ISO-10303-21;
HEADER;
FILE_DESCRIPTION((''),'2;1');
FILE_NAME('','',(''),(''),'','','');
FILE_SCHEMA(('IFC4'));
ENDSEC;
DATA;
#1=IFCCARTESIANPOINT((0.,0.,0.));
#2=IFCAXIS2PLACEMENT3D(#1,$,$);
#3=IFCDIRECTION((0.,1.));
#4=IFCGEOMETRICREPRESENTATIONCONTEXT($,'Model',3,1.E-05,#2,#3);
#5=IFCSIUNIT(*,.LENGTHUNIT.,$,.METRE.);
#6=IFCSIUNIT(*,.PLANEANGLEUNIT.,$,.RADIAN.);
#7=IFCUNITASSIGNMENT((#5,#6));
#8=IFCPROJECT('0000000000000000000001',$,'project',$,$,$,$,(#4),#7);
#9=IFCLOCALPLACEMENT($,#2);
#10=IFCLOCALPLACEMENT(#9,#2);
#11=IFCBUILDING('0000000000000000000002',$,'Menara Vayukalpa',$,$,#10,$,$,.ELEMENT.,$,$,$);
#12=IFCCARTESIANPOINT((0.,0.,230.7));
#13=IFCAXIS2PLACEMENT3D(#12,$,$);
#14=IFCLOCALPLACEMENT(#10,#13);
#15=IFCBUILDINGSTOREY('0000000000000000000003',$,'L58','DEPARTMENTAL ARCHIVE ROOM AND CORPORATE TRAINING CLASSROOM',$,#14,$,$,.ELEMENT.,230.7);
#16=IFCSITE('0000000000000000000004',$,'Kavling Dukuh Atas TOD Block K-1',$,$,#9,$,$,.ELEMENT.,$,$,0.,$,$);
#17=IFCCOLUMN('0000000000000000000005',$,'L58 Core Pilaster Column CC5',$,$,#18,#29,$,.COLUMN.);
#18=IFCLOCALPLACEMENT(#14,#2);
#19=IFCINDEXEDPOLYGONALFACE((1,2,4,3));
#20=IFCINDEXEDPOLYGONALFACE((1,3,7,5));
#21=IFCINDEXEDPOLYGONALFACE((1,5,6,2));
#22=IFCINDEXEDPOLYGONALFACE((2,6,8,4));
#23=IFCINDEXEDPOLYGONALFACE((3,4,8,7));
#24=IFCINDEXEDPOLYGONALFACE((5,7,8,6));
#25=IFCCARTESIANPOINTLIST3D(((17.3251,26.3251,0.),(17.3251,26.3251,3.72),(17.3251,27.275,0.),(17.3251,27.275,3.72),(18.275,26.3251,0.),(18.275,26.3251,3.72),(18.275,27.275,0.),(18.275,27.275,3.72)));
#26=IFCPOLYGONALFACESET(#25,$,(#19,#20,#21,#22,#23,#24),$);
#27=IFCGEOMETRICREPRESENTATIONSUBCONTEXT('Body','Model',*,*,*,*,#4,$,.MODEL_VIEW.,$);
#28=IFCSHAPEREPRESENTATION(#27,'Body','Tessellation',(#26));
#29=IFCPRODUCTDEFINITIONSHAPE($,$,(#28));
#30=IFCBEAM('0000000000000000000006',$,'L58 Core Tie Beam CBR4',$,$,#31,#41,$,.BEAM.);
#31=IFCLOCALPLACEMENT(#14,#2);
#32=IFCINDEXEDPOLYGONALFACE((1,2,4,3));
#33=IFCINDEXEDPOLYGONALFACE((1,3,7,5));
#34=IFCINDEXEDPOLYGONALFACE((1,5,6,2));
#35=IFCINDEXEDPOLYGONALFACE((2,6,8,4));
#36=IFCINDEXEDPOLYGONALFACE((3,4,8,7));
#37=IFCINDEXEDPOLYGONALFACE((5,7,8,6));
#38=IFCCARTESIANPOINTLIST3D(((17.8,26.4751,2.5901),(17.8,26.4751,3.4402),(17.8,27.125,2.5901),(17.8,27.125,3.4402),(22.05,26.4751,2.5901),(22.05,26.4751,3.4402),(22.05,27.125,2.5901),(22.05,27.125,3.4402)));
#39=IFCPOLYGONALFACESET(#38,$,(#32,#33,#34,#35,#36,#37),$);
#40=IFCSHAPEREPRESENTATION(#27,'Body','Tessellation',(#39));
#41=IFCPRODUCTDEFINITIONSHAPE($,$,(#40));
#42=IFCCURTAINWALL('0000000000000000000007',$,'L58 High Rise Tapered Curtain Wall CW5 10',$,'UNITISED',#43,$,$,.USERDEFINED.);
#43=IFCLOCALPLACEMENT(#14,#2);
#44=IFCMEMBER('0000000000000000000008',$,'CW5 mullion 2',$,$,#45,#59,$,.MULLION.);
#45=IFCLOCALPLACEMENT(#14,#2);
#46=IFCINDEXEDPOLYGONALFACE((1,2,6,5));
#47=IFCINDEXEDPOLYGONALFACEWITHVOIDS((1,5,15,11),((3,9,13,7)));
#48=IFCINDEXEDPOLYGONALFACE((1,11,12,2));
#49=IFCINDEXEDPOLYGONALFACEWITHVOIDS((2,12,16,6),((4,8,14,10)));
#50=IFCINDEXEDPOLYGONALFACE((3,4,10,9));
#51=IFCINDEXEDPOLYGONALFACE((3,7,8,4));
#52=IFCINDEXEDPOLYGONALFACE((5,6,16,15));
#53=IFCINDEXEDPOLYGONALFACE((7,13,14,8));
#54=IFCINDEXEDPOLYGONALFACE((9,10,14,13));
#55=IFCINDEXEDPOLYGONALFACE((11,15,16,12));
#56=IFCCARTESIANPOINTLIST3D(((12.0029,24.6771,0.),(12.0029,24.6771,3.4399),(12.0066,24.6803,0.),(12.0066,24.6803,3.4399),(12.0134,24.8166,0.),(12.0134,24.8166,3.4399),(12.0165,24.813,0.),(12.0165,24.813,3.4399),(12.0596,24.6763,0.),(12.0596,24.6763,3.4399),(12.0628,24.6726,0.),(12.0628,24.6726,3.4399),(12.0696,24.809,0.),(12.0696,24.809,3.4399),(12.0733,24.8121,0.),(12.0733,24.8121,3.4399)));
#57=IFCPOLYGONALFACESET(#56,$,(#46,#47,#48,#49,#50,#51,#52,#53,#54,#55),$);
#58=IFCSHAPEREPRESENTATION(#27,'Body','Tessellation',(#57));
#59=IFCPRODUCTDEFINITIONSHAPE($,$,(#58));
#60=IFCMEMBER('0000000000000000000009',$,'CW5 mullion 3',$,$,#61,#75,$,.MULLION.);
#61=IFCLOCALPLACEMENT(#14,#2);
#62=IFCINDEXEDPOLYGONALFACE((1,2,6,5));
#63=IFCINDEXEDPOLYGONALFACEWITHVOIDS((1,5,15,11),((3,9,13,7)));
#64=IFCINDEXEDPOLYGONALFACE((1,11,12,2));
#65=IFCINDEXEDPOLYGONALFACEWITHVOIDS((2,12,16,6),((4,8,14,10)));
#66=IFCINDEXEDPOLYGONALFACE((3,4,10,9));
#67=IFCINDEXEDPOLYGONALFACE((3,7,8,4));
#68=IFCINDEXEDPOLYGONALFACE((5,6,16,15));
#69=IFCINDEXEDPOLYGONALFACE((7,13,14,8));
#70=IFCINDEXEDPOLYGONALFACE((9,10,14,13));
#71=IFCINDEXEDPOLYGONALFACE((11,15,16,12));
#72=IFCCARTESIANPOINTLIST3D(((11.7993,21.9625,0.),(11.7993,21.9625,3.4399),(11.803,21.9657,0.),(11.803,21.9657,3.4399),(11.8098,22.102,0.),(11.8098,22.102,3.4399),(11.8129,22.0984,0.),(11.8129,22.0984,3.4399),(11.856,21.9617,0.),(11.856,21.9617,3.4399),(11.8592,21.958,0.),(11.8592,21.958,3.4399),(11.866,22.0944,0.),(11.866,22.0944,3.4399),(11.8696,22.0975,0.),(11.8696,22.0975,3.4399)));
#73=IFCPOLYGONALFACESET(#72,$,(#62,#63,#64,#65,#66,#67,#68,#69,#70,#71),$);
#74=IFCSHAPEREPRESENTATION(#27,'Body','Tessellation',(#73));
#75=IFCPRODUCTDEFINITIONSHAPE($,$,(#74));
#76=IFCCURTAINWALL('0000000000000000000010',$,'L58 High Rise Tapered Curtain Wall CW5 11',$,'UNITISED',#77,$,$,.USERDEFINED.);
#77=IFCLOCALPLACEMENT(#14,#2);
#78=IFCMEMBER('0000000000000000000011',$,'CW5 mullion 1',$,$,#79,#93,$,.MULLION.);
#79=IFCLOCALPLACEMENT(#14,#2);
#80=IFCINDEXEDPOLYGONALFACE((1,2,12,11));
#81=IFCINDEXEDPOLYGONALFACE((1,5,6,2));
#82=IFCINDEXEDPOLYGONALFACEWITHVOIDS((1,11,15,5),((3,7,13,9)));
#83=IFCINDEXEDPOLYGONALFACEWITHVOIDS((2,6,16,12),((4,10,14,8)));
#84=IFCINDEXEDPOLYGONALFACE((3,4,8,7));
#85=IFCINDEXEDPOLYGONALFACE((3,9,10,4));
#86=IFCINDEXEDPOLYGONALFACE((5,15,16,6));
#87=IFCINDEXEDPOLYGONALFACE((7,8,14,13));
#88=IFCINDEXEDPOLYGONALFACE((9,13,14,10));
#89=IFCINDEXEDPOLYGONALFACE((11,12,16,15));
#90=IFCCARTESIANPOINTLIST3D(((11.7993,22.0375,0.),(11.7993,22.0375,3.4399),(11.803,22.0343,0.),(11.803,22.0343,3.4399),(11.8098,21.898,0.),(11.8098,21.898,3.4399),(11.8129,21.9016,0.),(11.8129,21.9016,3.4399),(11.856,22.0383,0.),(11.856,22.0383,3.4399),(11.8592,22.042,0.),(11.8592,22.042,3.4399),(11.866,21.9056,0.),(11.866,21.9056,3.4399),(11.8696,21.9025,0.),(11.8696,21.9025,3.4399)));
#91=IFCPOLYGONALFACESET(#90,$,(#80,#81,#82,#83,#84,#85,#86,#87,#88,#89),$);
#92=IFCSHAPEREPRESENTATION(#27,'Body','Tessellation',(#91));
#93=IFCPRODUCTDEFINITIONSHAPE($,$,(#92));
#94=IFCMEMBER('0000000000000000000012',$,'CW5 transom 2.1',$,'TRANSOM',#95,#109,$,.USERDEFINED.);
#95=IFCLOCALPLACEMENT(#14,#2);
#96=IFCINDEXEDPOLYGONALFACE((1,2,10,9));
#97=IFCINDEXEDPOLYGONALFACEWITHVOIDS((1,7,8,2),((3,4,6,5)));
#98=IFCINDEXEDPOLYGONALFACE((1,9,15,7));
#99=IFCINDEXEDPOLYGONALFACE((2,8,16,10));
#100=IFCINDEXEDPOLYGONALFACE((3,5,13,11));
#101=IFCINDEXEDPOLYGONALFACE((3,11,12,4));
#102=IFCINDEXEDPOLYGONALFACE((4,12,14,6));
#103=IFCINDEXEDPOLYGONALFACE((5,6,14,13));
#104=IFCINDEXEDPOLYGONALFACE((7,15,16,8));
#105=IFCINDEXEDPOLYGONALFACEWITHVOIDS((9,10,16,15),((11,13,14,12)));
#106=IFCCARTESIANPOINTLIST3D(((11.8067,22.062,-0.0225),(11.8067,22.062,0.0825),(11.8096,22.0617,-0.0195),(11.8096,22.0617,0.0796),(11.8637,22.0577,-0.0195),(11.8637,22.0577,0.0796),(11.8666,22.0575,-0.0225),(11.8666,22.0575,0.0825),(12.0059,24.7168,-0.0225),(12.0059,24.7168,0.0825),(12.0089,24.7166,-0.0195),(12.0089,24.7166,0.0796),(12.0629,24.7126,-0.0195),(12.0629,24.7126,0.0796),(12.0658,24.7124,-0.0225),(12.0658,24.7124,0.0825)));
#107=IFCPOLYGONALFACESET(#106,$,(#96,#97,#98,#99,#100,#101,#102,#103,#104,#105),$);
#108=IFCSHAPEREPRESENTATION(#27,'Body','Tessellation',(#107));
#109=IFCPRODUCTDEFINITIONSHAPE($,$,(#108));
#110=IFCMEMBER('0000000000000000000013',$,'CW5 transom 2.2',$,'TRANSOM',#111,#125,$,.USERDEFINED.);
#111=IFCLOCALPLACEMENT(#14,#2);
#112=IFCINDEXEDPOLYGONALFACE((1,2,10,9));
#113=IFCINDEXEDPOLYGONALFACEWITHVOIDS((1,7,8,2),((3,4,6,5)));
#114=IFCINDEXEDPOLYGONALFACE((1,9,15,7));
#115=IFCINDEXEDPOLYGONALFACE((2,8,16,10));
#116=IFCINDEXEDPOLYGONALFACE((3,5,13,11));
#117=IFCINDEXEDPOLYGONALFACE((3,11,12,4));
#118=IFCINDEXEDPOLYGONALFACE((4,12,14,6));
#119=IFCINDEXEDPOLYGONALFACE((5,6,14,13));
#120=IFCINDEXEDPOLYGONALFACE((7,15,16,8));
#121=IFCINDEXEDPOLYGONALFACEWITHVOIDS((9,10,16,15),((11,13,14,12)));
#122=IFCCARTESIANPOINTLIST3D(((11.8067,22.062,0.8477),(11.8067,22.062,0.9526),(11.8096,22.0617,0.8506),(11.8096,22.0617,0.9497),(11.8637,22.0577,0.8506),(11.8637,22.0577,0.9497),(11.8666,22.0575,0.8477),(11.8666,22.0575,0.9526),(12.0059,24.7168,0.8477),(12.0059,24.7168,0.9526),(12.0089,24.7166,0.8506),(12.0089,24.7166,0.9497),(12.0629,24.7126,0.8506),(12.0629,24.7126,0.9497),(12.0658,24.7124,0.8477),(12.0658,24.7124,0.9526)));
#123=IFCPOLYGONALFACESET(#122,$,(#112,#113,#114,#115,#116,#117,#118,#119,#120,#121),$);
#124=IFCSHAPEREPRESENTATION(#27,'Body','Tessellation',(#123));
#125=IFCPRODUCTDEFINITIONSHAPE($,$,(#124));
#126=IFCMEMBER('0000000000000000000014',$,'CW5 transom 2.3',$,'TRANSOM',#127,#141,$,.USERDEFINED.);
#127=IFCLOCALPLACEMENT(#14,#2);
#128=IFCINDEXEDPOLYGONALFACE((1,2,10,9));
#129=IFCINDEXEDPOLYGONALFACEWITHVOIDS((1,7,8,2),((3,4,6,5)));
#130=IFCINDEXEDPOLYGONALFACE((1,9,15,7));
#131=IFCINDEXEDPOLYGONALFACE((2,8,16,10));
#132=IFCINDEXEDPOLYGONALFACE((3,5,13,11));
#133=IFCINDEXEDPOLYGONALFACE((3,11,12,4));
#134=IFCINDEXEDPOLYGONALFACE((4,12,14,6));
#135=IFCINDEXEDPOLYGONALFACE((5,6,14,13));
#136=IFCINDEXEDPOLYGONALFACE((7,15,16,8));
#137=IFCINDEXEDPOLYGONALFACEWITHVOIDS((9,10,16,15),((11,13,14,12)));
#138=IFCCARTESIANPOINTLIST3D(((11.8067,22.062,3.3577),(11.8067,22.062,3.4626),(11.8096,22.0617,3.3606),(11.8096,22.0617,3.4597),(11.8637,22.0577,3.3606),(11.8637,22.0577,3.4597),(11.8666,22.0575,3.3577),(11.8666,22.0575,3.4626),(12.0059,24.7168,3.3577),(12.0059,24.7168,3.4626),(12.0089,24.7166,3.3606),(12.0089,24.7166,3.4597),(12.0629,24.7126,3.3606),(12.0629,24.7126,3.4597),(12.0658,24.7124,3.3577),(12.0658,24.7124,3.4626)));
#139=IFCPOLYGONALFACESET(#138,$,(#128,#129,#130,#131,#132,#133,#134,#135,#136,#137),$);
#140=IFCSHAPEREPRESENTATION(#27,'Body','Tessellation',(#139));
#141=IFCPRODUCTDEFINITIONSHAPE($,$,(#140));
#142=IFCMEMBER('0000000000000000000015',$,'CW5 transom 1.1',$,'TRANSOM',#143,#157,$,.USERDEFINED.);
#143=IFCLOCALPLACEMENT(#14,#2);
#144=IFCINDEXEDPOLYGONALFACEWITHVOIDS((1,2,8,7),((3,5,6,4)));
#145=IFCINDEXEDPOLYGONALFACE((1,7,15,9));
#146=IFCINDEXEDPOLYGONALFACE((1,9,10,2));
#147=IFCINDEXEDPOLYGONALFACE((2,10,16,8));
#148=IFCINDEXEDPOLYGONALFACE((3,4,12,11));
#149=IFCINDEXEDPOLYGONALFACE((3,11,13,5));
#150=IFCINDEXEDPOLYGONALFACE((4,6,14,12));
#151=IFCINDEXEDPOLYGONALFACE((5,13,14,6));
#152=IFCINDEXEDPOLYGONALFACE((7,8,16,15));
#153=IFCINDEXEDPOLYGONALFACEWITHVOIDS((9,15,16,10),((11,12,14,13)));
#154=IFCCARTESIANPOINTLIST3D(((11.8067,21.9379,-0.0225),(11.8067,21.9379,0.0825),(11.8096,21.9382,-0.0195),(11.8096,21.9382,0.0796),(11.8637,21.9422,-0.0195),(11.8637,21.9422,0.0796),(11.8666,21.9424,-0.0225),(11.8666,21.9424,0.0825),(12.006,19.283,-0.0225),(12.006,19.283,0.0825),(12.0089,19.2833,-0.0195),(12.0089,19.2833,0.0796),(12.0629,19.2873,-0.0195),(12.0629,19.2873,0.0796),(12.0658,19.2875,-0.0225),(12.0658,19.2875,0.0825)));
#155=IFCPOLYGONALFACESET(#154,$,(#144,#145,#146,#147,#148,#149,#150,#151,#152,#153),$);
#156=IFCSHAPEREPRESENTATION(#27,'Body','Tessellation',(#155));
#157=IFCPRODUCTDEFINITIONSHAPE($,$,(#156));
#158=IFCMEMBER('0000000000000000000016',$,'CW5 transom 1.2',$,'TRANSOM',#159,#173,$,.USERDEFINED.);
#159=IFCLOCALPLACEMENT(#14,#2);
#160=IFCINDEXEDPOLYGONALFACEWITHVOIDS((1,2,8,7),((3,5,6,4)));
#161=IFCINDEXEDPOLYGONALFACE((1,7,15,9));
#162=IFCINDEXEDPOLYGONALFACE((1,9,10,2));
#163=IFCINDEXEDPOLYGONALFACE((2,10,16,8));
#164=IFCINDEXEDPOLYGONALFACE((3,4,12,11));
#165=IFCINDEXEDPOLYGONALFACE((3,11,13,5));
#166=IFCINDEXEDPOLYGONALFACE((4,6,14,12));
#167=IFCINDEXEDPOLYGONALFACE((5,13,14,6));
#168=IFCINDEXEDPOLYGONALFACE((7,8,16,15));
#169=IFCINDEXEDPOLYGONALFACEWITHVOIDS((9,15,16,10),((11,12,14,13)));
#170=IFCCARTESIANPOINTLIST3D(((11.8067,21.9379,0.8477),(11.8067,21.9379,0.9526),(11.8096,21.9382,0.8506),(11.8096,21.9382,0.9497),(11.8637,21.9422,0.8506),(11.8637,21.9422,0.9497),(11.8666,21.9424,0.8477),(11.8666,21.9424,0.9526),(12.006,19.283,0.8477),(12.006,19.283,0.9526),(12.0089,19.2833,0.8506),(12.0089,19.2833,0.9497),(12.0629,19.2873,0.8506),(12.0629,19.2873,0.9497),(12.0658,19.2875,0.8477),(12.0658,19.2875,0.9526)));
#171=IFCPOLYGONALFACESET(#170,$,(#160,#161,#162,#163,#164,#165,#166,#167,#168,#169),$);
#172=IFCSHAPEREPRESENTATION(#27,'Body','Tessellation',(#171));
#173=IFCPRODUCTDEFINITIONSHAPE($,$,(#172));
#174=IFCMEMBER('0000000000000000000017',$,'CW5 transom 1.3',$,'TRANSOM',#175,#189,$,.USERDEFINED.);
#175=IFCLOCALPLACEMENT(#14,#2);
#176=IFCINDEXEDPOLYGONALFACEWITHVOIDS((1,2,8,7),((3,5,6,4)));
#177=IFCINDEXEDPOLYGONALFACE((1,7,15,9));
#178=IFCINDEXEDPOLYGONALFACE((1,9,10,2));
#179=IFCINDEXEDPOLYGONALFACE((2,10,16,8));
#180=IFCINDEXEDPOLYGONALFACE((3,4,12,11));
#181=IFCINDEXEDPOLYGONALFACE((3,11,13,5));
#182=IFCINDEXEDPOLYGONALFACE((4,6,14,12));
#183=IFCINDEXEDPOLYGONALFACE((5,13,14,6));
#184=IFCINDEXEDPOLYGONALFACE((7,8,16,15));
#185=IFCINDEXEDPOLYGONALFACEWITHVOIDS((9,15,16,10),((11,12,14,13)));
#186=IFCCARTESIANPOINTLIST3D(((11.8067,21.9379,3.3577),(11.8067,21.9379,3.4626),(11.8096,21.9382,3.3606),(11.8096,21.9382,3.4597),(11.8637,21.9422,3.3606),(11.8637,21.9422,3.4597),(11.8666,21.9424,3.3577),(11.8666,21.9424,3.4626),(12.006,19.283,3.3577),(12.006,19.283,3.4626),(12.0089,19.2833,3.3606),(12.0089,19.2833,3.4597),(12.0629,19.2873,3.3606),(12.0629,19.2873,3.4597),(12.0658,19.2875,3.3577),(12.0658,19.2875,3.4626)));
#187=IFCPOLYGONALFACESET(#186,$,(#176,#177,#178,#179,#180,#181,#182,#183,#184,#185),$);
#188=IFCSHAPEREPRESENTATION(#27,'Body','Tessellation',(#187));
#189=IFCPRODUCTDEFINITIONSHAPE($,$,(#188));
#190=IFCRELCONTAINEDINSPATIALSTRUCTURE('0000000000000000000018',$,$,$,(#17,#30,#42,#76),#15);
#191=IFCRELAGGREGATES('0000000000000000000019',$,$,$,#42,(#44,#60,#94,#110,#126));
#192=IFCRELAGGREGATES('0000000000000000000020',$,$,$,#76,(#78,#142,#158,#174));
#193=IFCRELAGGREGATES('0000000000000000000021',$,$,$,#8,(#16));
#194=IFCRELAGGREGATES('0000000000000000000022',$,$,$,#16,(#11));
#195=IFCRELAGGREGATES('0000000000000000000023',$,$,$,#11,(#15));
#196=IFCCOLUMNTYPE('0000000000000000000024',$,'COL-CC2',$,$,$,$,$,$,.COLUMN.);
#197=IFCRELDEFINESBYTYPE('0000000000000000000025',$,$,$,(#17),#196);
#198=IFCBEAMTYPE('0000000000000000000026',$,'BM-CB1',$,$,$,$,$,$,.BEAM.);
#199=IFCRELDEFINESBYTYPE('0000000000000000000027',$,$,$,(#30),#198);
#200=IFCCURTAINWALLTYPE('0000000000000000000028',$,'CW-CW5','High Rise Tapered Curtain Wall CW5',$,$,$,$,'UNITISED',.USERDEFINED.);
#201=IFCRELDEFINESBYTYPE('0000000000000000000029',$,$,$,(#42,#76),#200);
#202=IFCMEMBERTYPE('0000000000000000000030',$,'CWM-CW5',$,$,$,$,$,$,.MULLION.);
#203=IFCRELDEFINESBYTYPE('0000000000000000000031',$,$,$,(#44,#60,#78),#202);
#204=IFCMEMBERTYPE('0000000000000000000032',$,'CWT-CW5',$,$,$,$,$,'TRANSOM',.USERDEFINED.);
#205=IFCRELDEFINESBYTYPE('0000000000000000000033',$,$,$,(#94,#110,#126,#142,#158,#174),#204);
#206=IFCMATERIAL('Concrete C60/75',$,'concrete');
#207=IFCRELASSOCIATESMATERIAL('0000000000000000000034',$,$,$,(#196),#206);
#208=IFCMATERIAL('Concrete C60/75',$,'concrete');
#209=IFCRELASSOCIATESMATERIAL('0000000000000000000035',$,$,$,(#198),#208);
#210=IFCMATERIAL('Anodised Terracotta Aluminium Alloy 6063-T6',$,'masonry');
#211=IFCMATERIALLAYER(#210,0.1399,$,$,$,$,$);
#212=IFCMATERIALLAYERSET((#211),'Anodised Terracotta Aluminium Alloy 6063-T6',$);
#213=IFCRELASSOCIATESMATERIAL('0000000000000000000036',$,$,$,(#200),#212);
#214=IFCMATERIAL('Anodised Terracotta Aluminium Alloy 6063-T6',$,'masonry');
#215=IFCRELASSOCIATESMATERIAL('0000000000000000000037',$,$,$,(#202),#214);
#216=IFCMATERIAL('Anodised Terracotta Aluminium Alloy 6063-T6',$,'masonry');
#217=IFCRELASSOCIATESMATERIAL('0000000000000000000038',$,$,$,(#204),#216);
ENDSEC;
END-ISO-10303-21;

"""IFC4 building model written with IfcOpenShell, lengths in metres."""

from ifc_helpers import new_model, si_unit, direction, frame, origin, origin_2d, place, context, subcontext, project, spatial, rectangle, hollow_rectangle, extrude, material, layer, layer_set, material_profile, profile_set, type_object, element, aggregate, save


model = new_model("IFC4")

# Units and contexts
model_context = context("Model", 3, precision=1e-05, world=origin(), true_north=direction((0.0, 1.0)))
body_context = subcontext(model_context, "Body", "Model", "MODEL_VIEW")
ifc_project = project(units=[si_unit("LENGTHUNIT", "METRE"), si_unit("PLANEANGLEUNIT", "RADIAN")], contexts=[model_context])

# Site, building, storey
site_placement = place(None, origin())
site = spatial("IfcSite", under=ifc_project, at=site_placement, Name="Kavling Dukuh Atas TOD Block K-1", CompositionType="ELEMENT", RefElevation=0.0)
building_placement = place(site_placement, origin())
building = spatial("IfcBuilding", under=site, at=building_placement, Name="Menara Vayukalpa", CompositionType="ELEMENT")
storey_placement = place(building_placement, frame((0.0, 0.0, 230.7)))
storey = spatial("IfcBuildingStorey", under=building, at=storey_placement, Name="L58", Description="DEPARTMENTAL ARCHIVE ROOM AND CORPORATE TRAINING CLASSROOM", CompositionType="ELEMENT", Elevation=230.7)

# Column
ifc_material_1 = material(Name="Concrete C60/75", Category="concrete")
ifc_material_profile_1 = material_profile(ifc_material_1, rectangle(XDim=0.95, YDim=0.95, at=origin_2d()), Name="RC 950x950")
ifc_profile_set_1 = profile_set([ifc_material_profile_1], Name="Concrete C60/75")
column_type = type_object("IfcColumnType", Name="COL-CC2", PredefinedType="COLUMN", material=ifc_profile_set_1)
column_placement = place(storey_placement, frame((17.8, 26.8, 0.0), z_axis=(0.0, 0.0, 1.0), x_axis=(1.0, 0.0, 0.0)))
element("IfcColumn", 1, at=column_placement, inside=storey, type_object=column_type, Name="L58 Core Pilaster Column CC5", PredefinedType="COLUMN", context=body_context, shape_type="SweptSolid", body=[
    extrude(rectangle(XDim=0.95, YDim=0.95, at=origin_2d()), origin(), (0.0, 0.0, 1.0), 3.72),
])

# Beam
ifc_material_2 = material(Name="Concrete C60/75", Category="concrete")
ifc_material_profile_2 = material_profile(ifc_material_2, rectangle(XDim=0.6499, YDim=0.8501, at=origin_2d()), Name="RC 650x850")
ifc_profile_set_2 = profile_set([ifc_material_profile_2], Name="Concrete C60/75")
beam_type = type_object("IfcBeamType", Name="BM-CB1", PredefinedType="BEAM", material=ifc_profile_set_2)
beam_placement = place(storey_placement, frame((17.8, 26.8, 3.0151), z_axis=(1.0, 0.0, 0.0), x_axis=(0.0, 1.0, 0.0)))
element("IfcBeam", 2, at=beam_placement, inside=storey, type_object=beam_type, Name="L58 Core Tie Beam CBR4", PredefinedType="BEAM", context=body_context, shape_type="SweptSolid", body=[
    extrude(rectangle(XDim=0.6499, YDim=0.8501, at=origin_2d()), origin(), (0.0, 0.0, 1.0), 4.25),
])

# Curtain wall, members
ifc_material_3 = material(Name="Anodised Terracotta Aluminium Alloy 6063-T6", Category="masonry")
ifc_layer_1 = layer(ifc_material_3, 0.1399)
ifc_layer_set_1 = layer_set([ifc_layer_1], Name="Anodised Terracotta Aluminium Alloy 6063-T6")
curtain_wall_type = type_object("IfcCurtainWallType", Name="CW-CW5", Description="High Rise Tapered Curtain Wall CW5", ElementType="UNITISED", PredefinedType="USERDEFINED", material=ifc_layer_set_1)
curtain_wall_1_placement = place(storey_placement, origin())
curtain_wall_1 = element("IfcCurtainWall", 3, at=curtain_wall_1_placement, inside=storey, type_object=curtain_wall_type, Name="L58 High Rise Tapered Curtain Wall CW5 10", ObjectType="UNITISED", PredefinedType="USERDEFINED")
ifc_material_4 = material(Name="Anodised Terracotta Aluminium Alloy 6063-T6", Category="masonry")
ifc_material_profile_3 = material_profile(ifc_material_4, hollow_rectangle(XDim=0.0601, YDim=0.1399, WallThickness=0.0034, at=origin_2d()), Name="ALU 60x140x3.5")
ifc_profile_set_3 = profile_set([ifc_material_profile_3], Name="Anodised Terracotta Aluminium Alloy 6063-T6")
member_type_1 = type_object("IfcMemberType", Name="CWM-CW5", PredefinedType="MULLION", material=ifc_profile_set_3)
member_1_placement = place(storey_placement, frame((12.0381, 24.7446, 0.0), z_axis=(0.0, 0.0, 1.0), x_axis=(0.997199, -0.074792, 0.0)))
member_1 = element("IfcMember", 4, at=member_1_placement, type_object=member_type_1, Name="CW5 mullion 2", PredefinedType="MULLION", context=body_context, shape_type="SweptSolid", body=[
    extrude(hollow_rectangle(XDim=0.0601, YDim=0.1399, WallThickness=0.0034, at=origin_2d()), origin(), (0.0, 0.0, 1.0), 3.4399),
])
member_2_placement = place(storey_placement, frame((11.8345, 22.03, 0.0), z_axis=(0.0, 0.0, 1.0), x_axis=(0.997199, -0.074792, 0.0)))
member_2 = element("IfcMember", 5, at=member_2_placement, type_object=member_type_1, Name="CW5 mullion 3", PredefinedType="MULLION", context=body_context, shape_type="SweptSolid", body=[
    extrude(hollow_rectangle(XDim=0.0601, YDim=0.1399, WallThickness=0.0034, at=origin_2d()), origin(), (0.0, 0.0, 1.0), 3.4399),
])

# Curtain wall, member
curtain_wall_2_placement = place(storey_placement, origin())
curtain_wall_2 = element("IfcCurtainWall", 6, at=curtain_wall_2_placement, inside=storey, type_object=curtain_wall_type, Name="L58 High Rise Tapered Curtain Wall CW5 11", ObjectType="UNITISED", PredefinedType="USERDEFINED")
member_3_placement = place(storey_placement, frame((11.8345, 21.97, 0.0), z_axis=(0.0, 0.0, 1.0), x_axis=(0.997199, 0.074792, 0.0)))
member_3 = element("IfcMember", 7, at=member_3_placement, type_object=member_type_1, Name="CW5 mullion 1", PredefinedType="MULLION", context=body_context, shape_type="SweptSolid", body=[
    extrude(hollow_rectangle(XDim=0.0601, YDim=0.1399, WallThickness=0.0034, at=origin_2d()), origin(), (0.0, 0.0, 1.0), 3.4399),
])

# Members
ifc_material_5 = material(Name="Anodised Terracotta Aluminium Alloy 6063-T6", Category="masonry")
ifc_material_profile_4 = material_profile(ifc_material_5, hollow_rectangle(XDim=0.0601, YDim=0.105, WallThickness=0.0029, at=origin_2d()), Name="ALU 60x105x3")
ifc_profile_set_4 = profile_set([ifc_material_profile_4], Name="Anodised Terracotta Aluminium Alloy 6063-T6")
member_type_2 = type_object("IfcMemberType", Name="CWT-CW5", ElementType="TRANSOM", PredefinedType="USERDEFINED", material=ifc_profile_set_4)
member_4_placement = place(storey_placement, frame((12.0359, 24.7146, 0.03), z_axis=(-0.074831, -0.997196, 0.0), x_axis=(0.997196, -0.074831, 0.0)))
member_4 = element("IfcMember", 8, at=member_4_placement, type_object=member_type_2, Name="CW5 transom 2.1", ObjectType="TRANSOM", PredefinedType="USERDEFINED", context=body_context, shape_type="SweptSolid", body=[
    extrude(hollow_rectangle(XDim=0.0601, YDim=0.105, WallThickness=0.0029, at=origin_2d()), origin(), (0.0, 0.0, 1.0), 2.6624),
])
member_5_placement = place(storey_placement, frame((12.0359, 24.7146, 0.9001), z_axis=(-0.074831, -0.997196, 0.0), x_axis=(0.997196, -0.074831, 0.0)))
member_5 = element("IfcMember", 9, at=member_5_placement, type_object=member_type_2, Name="CW5 transom 2.2", ObjectType="TRANSOM", PredefinedType="USERDEFINED", context=body_context, shape_type="SweptSolid", body=[
    extrude(hollow_rectangle(XDim=0.0601, YDim=0.105, WallThickness=0.0029, at=origin_2d()), origin(), (0.0, 0.0, 1.0), 2.6624),
])
member_6_placement = place(storey_placement, frame((12.0359, 24.7146, 3.4102), z_axis=(-0.074831, -0.997196, 0.0), x_axis=(0.997196, -0.074831, 0.0)))
member_6 = element("IfcMember", 10, at=member_6_placement, type_object=member_type_2, Name="CW5 transom 2.3", ObjectType="TRANSOM", PredefinedType="USERDEFINED", context=body_context, shape_type="SweptSolid", body=[
    extrude(hollow_rectangle(XDim=0.0601, YDim=0.105, WallThickness=0.0029, at=origin_2d()), origin(), (0.0, 0.0, 1.0), 2.6624),
])
member_7_placement = place(storey_placement, frame((11.8367, 21.9402, 0.03), z_axis=(0.074831, -0.997196, 0.0), x_axis=(0.997196, 0.074831, 0.0)))
member_7 = element("IfcMember", 11, at=member_7_placement, type_object=member_type_2, Name="CW5 transom 1.1", ObjectType="TRANSOM", PredefinedType="USERDEFINED", context=body_context, shape_type="SweptSolid", body=[
    extrude(hollow_rectangle(XDim=0.0601, YDim=0.105, WallThickness=0.0029, at=origin_2d()), origin(), (0.0, 0.0, 1.0), 2.6624),
])
member_8_placement = place(storey_placement, frame((11.8367, 21.9402, 0.9001), z_axis=(0.074831, -0.997196, 0.0), x_axis=(0.997196, 0.074831, 0.0)))
member_8 = element("IfcMember", 12, at=member_8_placement, type_object=member_type_2, Name="CW5 transom 1.2", ObjectType="TRANSOM", PredefinedType="USERDEFINED", context=body_context, shape_type="SweptSolid", body=[
    extrude(hollow_rectangle(XDim=0.0601, YDim=0.105, WallThickness=0.0029, at=origin_2d()), origin(), (0.0, 0.0, 1.0), 2.6624),
])
member_9_placement = place(storey_placement, frame((11.8367, 21.9402, 3.4102), z_axis=(0.074831, -0.997196, 0.0), x_axis=(0.997196, 0.074831, 0.0)))
member_9 = element("IfcMember", 13, at=member_9_placement, type_object=member_type_2, Name="CW5 transom 1.3", ObjectType="TRANSOM", PredefinedType="USERDEFINED", context=body_context, shape_type="SweptSolid", body=[
    extrude(hollow_rectangle(XDim=0.0601, YDim=0.105, WallThickness=0.0029, at=origin_2d()), origin(), (0.0, 0.0, 1.0), 2.6624),
])

aggregate(curtain_wall_1, [member_1, member_2, member_4, member_5, member_6])
aggregate(curtain_wall_2, [member_3, member_7, member_8, member_9])

save(model, "model.ifc")
